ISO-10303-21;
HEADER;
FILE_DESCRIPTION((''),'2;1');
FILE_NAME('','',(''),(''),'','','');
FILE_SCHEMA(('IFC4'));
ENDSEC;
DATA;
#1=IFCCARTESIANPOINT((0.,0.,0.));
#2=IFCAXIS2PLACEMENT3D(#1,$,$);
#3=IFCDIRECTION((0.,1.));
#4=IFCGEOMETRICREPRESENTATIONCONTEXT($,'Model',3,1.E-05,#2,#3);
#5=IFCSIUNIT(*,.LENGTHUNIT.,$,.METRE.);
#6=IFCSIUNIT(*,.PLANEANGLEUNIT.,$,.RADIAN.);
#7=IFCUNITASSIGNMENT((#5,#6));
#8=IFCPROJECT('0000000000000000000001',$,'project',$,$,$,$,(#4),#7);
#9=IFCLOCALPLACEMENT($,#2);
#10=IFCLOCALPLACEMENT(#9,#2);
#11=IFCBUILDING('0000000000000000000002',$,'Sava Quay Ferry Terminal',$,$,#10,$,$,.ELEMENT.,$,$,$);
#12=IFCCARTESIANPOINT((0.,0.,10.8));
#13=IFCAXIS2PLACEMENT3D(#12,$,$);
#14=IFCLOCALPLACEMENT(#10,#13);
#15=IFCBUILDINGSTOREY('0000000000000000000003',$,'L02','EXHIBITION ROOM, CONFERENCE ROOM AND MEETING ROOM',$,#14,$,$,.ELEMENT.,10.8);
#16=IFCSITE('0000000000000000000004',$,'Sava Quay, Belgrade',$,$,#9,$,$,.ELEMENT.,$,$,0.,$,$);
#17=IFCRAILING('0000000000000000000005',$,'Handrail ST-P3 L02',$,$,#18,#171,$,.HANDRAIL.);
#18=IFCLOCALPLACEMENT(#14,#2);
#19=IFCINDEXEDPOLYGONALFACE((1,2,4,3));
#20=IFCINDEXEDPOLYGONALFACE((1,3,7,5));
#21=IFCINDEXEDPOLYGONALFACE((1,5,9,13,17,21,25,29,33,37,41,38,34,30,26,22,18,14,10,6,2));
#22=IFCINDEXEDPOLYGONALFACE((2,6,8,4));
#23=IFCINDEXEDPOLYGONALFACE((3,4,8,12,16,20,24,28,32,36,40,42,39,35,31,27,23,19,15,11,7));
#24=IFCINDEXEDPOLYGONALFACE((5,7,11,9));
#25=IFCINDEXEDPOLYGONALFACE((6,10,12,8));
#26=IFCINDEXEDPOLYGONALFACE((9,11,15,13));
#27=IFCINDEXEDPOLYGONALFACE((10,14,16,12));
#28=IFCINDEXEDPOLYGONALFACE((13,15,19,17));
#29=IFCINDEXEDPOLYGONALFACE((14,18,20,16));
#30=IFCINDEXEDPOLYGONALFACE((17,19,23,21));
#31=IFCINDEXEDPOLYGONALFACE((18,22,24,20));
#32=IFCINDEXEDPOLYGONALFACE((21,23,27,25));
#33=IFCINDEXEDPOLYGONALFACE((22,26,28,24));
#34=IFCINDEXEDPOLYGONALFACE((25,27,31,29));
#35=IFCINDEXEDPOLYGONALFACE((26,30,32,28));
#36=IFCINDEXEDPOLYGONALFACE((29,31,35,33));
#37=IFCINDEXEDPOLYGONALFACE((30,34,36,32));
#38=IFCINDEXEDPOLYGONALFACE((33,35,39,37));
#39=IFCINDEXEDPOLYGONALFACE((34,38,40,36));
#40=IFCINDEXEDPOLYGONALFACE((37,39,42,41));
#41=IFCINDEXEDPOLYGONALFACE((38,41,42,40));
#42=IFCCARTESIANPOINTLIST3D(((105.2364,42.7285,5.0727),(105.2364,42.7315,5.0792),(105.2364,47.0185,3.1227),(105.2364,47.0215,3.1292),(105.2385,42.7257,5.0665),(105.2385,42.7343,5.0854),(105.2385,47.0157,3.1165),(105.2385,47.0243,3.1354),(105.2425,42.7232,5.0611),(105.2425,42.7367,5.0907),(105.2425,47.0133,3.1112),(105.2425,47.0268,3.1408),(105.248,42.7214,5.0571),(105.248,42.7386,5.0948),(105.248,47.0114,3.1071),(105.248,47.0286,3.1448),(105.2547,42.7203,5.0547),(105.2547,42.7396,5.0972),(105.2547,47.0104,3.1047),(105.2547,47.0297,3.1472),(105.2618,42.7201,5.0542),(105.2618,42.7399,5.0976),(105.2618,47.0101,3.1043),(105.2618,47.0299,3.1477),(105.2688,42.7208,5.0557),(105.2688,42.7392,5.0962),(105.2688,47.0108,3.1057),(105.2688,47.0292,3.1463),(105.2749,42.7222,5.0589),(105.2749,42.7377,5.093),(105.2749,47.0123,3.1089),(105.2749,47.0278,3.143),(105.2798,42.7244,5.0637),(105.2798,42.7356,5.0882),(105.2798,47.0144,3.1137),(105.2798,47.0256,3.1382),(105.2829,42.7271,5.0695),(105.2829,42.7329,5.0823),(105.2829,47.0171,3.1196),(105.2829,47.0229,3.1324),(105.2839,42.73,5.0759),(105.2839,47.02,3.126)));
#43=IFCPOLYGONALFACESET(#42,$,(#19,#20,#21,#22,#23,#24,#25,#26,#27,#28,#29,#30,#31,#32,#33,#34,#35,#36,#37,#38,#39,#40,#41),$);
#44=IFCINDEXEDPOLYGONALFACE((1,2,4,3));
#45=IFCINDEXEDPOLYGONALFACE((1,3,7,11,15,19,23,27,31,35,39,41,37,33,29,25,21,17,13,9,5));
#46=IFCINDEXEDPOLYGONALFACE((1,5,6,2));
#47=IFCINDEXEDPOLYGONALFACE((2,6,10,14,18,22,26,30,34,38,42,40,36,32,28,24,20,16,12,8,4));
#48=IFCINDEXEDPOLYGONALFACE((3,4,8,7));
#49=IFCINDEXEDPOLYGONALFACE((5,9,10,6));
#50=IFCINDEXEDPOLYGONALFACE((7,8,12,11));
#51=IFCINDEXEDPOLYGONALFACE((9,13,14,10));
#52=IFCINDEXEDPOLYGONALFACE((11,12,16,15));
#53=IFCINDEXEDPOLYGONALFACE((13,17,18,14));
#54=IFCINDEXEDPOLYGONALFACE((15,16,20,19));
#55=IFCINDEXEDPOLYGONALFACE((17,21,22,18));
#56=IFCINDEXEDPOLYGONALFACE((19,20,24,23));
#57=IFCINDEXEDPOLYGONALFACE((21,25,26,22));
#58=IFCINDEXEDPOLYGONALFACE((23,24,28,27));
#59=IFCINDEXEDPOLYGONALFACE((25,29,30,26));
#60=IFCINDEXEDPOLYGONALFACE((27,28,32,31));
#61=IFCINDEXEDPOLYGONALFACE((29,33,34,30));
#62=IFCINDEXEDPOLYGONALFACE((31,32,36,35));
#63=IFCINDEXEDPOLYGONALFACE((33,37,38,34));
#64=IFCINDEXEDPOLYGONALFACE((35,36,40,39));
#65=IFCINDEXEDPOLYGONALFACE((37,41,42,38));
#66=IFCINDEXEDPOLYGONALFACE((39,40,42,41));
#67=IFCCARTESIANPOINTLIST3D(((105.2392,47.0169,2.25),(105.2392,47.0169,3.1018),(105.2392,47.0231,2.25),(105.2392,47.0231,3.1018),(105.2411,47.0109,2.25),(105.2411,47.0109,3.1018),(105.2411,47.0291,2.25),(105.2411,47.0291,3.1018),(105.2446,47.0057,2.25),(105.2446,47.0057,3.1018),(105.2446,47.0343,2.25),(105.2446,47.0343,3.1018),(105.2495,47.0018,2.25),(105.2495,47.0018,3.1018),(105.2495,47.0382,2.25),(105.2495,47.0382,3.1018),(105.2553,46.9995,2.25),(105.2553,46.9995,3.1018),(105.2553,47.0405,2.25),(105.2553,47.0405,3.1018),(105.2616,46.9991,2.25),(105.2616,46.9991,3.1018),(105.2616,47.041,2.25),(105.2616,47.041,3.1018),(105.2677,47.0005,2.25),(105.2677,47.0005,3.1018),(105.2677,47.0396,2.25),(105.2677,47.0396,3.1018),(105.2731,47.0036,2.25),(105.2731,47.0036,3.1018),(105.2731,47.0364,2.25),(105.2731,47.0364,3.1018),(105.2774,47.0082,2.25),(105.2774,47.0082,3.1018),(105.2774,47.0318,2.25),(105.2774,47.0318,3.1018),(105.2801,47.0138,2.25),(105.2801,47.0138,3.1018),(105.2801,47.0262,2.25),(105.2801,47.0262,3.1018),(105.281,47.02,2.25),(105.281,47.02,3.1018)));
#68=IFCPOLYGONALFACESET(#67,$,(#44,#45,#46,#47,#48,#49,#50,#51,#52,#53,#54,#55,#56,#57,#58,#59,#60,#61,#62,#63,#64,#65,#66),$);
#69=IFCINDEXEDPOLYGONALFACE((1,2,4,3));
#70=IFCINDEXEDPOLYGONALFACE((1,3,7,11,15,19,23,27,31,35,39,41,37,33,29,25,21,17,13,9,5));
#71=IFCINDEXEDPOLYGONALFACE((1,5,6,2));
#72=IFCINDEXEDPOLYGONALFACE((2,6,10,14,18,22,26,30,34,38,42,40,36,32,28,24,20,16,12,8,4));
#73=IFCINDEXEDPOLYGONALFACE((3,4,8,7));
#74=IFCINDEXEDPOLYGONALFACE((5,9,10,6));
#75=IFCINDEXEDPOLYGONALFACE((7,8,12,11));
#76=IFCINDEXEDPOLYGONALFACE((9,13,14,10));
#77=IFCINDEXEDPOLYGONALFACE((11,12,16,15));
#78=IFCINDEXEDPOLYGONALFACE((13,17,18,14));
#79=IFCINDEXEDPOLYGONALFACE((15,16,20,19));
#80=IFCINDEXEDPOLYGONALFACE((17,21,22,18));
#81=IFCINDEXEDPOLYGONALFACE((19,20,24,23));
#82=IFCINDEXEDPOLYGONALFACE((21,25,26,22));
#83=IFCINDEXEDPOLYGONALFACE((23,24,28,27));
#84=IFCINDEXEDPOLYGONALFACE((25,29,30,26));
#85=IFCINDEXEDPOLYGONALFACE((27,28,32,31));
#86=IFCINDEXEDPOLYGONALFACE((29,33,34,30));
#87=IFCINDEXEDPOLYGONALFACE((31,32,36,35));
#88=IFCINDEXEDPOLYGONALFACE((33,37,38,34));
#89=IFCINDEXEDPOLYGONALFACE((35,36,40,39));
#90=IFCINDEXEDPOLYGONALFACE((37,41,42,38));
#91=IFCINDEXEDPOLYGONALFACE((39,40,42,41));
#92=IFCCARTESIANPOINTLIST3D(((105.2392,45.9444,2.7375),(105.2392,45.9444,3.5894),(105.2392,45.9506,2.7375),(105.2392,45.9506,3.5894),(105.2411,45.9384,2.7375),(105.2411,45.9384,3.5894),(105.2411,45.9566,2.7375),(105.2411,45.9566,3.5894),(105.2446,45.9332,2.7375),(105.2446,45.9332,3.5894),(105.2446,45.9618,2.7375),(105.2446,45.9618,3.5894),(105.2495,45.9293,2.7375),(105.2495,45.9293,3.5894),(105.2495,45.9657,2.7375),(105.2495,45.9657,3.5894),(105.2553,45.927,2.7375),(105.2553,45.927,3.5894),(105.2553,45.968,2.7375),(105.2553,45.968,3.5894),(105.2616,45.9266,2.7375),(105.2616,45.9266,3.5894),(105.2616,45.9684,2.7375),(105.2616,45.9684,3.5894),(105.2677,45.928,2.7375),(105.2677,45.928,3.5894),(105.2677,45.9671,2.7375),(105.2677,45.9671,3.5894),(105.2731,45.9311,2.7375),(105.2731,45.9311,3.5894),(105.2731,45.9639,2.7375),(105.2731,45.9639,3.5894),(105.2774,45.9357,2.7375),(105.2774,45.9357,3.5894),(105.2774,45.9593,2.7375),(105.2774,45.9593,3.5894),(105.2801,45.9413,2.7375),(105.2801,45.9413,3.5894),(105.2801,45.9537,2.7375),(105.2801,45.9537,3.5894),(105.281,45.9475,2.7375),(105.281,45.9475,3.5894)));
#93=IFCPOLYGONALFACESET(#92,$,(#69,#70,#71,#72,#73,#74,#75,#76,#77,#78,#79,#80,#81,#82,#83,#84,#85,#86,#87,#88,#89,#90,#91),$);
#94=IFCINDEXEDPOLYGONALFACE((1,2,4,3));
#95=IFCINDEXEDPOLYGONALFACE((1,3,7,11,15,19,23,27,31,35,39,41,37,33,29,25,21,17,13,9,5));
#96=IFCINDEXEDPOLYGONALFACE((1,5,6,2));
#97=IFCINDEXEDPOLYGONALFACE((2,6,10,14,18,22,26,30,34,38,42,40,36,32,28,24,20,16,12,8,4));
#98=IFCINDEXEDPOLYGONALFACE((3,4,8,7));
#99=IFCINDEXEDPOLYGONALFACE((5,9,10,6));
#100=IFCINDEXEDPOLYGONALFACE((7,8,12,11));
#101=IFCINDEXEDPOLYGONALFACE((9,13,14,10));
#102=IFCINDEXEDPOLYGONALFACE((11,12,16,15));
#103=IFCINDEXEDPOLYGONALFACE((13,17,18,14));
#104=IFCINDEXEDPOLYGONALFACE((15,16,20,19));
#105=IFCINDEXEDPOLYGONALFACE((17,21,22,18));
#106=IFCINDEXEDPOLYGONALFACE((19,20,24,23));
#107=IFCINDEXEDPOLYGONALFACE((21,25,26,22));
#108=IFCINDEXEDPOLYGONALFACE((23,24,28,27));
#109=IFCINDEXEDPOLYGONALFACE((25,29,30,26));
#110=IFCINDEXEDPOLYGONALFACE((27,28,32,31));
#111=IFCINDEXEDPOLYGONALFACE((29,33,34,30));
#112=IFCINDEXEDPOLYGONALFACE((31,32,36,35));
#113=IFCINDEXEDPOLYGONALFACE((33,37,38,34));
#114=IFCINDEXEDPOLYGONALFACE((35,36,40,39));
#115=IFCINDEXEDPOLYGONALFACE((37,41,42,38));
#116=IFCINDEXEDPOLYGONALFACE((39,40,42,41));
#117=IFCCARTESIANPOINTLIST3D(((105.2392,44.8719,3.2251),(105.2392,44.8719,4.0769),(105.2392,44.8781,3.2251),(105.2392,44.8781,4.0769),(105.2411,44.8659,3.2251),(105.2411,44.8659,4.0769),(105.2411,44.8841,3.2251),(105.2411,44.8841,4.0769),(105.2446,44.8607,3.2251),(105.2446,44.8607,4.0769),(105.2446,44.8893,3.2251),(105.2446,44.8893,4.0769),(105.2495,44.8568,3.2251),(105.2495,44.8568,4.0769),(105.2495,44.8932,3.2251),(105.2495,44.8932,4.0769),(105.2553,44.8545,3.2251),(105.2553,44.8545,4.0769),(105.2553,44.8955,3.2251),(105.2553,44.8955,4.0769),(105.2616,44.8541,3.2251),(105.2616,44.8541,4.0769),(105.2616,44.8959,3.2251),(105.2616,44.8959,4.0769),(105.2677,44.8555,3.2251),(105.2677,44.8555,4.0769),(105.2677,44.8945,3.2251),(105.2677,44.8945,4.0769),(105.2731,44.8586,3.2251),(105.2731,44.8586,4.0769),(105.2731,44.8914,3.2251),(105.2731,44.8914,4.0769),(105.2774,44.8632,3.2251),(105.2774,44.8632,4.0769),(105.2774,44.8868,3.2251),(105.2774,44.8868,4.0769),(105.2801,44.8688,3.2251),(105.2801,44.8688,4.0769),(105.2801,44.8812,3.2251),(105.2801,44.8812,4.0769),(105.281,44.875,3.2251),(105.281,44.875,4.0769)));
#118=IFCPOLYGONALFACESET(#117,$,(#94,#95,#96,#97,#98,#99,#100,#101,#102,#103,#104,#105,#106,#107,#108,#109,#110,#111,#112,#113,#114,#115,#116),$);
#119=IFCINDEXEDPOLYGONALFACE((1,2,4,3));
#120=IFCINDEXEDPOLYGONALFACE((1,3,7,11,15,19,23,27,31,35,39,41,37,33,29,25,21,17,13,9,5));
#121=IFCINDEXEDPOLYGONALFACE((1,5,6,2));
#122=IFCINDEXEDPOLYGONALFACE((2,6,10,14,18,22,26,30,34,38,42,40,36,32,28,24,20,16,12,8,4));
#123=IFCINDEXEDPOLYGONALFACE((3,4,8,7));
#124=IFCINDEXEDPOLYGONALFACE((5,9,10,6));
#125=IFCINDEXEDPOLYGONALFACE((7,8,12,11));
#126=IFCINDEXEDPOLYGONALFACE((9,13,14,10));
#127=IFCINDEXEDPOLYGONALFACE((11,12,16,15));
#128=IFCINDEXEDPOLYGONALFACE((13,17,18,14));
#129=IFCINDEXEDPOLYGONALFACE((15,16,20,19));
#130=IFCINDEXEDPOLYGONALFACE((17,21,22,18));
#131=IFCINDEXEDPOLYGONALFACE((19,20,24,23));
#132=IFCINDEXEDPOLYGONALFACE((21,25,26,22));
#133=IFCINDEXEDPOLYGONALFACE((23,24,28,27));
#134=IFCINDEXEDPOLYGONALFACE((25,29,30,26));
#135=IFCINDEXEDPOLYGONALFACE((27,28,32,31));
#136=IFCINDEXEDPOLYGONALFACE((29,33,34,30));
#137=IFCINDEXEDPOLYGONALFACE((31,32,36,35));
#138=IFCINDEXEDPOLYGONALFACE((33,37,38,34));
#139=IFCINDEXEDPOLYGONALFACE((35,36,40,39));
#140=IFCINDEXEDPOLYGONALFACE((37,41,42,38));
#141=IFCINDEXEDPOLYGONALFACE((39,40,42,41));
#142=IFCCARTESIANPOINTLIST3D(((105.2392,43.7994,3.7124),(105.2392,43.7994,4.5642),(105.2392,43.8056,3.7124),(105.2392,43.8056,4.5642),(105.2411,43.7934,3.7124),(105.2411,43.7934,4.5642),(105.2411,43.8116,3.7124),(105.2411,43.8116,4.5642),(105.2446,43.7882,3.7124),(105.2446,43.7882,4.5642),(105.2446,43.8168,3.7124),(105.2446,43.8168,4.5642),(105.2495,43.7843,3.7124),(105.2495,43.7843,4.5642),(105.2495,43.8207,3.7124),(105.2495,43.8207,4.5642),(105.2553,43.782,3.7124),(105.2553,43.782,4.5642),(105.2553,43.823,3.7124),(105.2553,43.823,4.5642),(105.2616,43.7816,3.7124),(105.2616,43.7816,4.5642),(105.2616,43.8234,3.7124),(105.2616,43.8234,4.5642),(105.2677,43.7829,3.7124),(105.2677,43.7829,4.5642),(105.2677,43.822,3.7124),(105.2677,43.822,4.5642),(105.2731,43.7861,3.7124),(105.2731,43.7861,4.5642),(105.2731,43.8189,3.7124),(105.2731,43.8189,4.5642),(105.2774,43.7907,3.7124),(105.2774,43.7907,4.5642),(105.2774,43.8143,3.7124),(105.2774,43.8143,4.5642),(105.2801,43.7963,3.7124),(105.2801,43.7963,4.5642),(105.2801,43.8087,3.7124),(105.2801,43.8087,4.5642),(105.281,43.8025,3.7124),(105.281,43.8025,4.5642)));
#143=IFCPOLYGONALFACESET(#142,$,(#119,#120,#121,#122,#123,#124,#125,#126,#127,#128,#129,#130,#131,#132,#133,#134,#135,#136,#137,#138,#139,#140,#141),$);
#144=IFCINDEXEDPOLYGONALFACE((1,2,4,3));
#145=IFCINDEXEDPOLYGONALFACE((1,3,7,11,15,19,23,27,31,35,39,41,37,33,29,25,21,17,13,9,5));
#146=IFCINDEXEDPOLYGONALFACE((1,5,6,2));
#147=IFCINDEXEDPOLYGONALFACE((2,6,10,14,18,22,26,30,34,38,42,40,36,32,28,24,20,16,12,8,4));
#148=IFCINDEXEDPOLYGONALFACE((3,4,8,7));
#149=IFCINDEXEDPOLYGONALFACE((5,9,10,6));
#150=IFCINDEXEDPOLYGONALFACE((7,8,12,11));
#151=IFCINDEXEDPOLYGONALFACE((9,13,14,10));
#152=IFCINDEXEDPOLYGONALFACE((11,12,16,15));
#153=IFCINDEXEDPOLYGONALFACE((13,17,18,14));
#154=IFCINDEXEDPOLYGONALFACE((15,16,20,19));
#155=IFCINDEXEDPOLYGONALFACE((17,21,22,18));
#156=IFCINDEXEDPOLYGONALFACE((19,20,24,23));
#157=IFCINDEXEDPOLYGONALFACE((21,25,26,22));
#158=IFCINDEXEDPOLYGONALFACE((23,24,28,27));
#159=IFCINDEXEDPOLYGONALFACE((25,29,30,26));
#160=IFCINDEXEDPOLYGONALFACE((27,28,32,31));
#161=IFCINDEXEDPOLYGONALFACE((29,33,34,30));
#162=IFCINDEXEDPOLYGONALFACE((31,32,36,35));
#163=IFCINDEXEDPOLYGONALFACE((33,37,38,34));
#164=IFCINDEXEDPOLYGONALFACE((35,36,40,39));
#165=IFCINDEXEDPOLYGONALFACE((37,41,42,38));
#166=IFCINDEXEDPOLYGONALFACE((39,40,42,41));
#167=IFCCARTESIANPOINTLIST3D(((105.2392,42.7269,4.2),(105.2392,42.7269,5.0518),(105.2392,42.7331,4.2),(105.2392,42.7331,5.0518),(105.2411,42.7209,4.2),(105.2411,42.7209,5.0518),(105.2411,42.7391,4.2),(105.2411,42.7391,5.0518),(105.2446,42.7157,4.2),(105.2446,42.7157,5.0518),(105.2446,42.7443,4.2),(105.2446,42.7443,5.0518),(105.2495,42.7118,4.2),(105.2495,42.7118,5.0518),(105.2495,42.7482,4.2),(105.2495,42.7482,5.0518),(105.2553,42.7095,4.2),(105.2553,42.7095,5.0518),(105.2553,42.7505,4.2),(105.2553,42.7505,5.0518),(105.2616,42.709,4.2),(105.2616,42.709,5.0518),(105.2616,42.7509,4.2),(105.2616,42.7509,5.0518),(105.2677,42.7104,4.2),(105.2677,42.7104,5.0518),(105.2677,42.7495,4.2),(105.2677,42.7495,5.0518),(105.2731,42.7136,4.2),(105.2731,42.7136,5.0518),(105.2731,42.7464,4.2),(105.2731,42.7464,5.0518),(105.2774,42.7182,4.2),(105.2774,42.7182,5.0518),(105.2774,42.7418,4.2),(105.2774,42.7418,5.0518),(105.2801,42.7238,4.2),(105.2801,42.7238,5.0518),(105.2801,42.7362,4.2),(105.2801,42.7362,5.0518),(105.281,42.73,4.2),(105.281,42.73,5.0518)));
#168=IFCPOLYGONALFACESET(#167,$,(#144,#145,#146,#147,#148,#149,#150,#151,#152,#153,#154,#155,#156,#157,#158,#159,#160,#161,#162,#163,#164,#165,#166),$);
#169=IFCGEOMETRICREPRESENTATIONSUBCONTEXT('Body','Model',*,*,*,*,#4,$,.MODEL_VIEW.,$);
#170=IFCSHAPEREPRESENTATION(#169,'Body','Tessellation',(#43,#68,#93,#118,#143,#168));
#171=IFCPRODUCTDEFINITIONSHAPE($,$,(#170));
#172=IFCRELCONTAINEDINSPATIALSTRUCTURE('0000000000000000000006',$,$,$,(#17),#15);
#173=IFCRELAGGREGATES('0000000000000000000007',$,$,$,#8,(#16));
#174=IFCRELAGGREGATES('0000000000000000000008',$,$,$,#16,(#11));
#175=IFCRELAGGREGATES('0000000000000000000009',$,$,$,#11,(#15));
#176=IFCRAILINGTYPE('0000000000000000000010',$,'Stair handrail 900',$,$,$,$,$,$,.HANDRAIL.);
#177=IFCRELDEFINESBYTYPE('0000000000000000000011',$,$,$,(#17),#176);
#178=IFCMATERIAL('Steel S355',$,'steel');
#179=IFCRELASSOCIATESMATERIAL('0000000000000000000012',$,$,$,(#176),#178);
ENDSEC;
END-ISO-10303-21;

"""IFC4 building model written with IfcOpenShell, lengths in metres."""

from ifc_helpers import new_model, si_unit, direction, frame, origin, origin_2d, place, context, subcontext, project, spatial, circle, extrude, material, type_object, element, save


model = new_model("IFC4")

# Units and contexts
model_context = context("Model", 3, precision=1e-05, world=origin(), true_north=direction((0.0, 1.0)))
body_context = subcontext(model_context, "Body", "Model", "MODEL_VIEW")
ifc_project = project(units=[si_unit("LENGTHUNIT", "METRE"), si_unit("PLANEANGLEUNIT", "RADIAN")], contexts=[model_context])

# Site, building, storey
site_placement = place(None, origin())
site = spatial("IfcSite", under=ifc_project, at=site_placement, Name="Sava Quay, Belgrade", CompositionType="ELEMENT", RefElevation=0.0)
building_placement = place(site_placement, origin())
building = spatial("IfcBuilding", under=site, at=building_placement, Name="Sava Quay Ferry Terminal", CompositionType="ELEMENT")
storey_placement = place(building_placement, frame((0.0, 0.0, 10.8)))
storey = spatial("IfcBuildingStorey", under=building, at=storey_placement, Name="L02", Description="EXHIBITION ROOM, CONFERENCE ROOM AND MEETING ROOM", CompositionType="ELEMENT", Elevation=10.8)

# Railing
ifc_material_1 = material(Name="Steel S355", Category="steel")
railing_type_1 = type_object("IfcRailingType", Name="Stair handrail 900", PredefinedType="HANDRAIL", material=ifc_material_1)
railing_1_placement = place(storey_placement, frame((105.26, 47.02, 2.25)))
element("IfcRailing", 1, at=railing_1_placement, inside=storey, type_object=railing_type_1, Name="Handrail ST-P3 L02", PredefinedType="HANDRAIL", context=body_context, shape_type="SweptSolid", body=[
    extrude(circle(Radius=0.0239, at=origin_2d()), frame((0.0, 0.0, 0.876), z_axis=(0.0, -0.910372, 0.413791), x_axis=(1.0, 0.0, 0.0)), (0.0, 0.0, 1.0), 4.7124),
    extrude(circle(Radius=0.021, at=origin_2d()), origin(), (0.0, 0.0, 1.0), 0.8518),
    extrude(circle(Radius=0.021, at=origin_2d()), frame((0.0, -1.0725, 0.4875)), (0.0, 0.0, 1.0), 0.8518),
    extrude(circle(Radius=0.021, at=origin_2d()), frame((0.0, -2.145, 0.9751)), (0.0, 0.0, 1.0), 0.8518),
    extrude(circle(Radius=0.021, at=origin_2d()), frame((0.0, -3.2175, 1.4624)), (0.0, 0.0, 1.0), 0.8518),
    extrude(circle(Radius=0.021, at=origin_2d()), frame((0.0, -4.29, 1.95)), (0.0, 0.0, 1.0), 0.8518),
])

save(model, "model.ifc")
